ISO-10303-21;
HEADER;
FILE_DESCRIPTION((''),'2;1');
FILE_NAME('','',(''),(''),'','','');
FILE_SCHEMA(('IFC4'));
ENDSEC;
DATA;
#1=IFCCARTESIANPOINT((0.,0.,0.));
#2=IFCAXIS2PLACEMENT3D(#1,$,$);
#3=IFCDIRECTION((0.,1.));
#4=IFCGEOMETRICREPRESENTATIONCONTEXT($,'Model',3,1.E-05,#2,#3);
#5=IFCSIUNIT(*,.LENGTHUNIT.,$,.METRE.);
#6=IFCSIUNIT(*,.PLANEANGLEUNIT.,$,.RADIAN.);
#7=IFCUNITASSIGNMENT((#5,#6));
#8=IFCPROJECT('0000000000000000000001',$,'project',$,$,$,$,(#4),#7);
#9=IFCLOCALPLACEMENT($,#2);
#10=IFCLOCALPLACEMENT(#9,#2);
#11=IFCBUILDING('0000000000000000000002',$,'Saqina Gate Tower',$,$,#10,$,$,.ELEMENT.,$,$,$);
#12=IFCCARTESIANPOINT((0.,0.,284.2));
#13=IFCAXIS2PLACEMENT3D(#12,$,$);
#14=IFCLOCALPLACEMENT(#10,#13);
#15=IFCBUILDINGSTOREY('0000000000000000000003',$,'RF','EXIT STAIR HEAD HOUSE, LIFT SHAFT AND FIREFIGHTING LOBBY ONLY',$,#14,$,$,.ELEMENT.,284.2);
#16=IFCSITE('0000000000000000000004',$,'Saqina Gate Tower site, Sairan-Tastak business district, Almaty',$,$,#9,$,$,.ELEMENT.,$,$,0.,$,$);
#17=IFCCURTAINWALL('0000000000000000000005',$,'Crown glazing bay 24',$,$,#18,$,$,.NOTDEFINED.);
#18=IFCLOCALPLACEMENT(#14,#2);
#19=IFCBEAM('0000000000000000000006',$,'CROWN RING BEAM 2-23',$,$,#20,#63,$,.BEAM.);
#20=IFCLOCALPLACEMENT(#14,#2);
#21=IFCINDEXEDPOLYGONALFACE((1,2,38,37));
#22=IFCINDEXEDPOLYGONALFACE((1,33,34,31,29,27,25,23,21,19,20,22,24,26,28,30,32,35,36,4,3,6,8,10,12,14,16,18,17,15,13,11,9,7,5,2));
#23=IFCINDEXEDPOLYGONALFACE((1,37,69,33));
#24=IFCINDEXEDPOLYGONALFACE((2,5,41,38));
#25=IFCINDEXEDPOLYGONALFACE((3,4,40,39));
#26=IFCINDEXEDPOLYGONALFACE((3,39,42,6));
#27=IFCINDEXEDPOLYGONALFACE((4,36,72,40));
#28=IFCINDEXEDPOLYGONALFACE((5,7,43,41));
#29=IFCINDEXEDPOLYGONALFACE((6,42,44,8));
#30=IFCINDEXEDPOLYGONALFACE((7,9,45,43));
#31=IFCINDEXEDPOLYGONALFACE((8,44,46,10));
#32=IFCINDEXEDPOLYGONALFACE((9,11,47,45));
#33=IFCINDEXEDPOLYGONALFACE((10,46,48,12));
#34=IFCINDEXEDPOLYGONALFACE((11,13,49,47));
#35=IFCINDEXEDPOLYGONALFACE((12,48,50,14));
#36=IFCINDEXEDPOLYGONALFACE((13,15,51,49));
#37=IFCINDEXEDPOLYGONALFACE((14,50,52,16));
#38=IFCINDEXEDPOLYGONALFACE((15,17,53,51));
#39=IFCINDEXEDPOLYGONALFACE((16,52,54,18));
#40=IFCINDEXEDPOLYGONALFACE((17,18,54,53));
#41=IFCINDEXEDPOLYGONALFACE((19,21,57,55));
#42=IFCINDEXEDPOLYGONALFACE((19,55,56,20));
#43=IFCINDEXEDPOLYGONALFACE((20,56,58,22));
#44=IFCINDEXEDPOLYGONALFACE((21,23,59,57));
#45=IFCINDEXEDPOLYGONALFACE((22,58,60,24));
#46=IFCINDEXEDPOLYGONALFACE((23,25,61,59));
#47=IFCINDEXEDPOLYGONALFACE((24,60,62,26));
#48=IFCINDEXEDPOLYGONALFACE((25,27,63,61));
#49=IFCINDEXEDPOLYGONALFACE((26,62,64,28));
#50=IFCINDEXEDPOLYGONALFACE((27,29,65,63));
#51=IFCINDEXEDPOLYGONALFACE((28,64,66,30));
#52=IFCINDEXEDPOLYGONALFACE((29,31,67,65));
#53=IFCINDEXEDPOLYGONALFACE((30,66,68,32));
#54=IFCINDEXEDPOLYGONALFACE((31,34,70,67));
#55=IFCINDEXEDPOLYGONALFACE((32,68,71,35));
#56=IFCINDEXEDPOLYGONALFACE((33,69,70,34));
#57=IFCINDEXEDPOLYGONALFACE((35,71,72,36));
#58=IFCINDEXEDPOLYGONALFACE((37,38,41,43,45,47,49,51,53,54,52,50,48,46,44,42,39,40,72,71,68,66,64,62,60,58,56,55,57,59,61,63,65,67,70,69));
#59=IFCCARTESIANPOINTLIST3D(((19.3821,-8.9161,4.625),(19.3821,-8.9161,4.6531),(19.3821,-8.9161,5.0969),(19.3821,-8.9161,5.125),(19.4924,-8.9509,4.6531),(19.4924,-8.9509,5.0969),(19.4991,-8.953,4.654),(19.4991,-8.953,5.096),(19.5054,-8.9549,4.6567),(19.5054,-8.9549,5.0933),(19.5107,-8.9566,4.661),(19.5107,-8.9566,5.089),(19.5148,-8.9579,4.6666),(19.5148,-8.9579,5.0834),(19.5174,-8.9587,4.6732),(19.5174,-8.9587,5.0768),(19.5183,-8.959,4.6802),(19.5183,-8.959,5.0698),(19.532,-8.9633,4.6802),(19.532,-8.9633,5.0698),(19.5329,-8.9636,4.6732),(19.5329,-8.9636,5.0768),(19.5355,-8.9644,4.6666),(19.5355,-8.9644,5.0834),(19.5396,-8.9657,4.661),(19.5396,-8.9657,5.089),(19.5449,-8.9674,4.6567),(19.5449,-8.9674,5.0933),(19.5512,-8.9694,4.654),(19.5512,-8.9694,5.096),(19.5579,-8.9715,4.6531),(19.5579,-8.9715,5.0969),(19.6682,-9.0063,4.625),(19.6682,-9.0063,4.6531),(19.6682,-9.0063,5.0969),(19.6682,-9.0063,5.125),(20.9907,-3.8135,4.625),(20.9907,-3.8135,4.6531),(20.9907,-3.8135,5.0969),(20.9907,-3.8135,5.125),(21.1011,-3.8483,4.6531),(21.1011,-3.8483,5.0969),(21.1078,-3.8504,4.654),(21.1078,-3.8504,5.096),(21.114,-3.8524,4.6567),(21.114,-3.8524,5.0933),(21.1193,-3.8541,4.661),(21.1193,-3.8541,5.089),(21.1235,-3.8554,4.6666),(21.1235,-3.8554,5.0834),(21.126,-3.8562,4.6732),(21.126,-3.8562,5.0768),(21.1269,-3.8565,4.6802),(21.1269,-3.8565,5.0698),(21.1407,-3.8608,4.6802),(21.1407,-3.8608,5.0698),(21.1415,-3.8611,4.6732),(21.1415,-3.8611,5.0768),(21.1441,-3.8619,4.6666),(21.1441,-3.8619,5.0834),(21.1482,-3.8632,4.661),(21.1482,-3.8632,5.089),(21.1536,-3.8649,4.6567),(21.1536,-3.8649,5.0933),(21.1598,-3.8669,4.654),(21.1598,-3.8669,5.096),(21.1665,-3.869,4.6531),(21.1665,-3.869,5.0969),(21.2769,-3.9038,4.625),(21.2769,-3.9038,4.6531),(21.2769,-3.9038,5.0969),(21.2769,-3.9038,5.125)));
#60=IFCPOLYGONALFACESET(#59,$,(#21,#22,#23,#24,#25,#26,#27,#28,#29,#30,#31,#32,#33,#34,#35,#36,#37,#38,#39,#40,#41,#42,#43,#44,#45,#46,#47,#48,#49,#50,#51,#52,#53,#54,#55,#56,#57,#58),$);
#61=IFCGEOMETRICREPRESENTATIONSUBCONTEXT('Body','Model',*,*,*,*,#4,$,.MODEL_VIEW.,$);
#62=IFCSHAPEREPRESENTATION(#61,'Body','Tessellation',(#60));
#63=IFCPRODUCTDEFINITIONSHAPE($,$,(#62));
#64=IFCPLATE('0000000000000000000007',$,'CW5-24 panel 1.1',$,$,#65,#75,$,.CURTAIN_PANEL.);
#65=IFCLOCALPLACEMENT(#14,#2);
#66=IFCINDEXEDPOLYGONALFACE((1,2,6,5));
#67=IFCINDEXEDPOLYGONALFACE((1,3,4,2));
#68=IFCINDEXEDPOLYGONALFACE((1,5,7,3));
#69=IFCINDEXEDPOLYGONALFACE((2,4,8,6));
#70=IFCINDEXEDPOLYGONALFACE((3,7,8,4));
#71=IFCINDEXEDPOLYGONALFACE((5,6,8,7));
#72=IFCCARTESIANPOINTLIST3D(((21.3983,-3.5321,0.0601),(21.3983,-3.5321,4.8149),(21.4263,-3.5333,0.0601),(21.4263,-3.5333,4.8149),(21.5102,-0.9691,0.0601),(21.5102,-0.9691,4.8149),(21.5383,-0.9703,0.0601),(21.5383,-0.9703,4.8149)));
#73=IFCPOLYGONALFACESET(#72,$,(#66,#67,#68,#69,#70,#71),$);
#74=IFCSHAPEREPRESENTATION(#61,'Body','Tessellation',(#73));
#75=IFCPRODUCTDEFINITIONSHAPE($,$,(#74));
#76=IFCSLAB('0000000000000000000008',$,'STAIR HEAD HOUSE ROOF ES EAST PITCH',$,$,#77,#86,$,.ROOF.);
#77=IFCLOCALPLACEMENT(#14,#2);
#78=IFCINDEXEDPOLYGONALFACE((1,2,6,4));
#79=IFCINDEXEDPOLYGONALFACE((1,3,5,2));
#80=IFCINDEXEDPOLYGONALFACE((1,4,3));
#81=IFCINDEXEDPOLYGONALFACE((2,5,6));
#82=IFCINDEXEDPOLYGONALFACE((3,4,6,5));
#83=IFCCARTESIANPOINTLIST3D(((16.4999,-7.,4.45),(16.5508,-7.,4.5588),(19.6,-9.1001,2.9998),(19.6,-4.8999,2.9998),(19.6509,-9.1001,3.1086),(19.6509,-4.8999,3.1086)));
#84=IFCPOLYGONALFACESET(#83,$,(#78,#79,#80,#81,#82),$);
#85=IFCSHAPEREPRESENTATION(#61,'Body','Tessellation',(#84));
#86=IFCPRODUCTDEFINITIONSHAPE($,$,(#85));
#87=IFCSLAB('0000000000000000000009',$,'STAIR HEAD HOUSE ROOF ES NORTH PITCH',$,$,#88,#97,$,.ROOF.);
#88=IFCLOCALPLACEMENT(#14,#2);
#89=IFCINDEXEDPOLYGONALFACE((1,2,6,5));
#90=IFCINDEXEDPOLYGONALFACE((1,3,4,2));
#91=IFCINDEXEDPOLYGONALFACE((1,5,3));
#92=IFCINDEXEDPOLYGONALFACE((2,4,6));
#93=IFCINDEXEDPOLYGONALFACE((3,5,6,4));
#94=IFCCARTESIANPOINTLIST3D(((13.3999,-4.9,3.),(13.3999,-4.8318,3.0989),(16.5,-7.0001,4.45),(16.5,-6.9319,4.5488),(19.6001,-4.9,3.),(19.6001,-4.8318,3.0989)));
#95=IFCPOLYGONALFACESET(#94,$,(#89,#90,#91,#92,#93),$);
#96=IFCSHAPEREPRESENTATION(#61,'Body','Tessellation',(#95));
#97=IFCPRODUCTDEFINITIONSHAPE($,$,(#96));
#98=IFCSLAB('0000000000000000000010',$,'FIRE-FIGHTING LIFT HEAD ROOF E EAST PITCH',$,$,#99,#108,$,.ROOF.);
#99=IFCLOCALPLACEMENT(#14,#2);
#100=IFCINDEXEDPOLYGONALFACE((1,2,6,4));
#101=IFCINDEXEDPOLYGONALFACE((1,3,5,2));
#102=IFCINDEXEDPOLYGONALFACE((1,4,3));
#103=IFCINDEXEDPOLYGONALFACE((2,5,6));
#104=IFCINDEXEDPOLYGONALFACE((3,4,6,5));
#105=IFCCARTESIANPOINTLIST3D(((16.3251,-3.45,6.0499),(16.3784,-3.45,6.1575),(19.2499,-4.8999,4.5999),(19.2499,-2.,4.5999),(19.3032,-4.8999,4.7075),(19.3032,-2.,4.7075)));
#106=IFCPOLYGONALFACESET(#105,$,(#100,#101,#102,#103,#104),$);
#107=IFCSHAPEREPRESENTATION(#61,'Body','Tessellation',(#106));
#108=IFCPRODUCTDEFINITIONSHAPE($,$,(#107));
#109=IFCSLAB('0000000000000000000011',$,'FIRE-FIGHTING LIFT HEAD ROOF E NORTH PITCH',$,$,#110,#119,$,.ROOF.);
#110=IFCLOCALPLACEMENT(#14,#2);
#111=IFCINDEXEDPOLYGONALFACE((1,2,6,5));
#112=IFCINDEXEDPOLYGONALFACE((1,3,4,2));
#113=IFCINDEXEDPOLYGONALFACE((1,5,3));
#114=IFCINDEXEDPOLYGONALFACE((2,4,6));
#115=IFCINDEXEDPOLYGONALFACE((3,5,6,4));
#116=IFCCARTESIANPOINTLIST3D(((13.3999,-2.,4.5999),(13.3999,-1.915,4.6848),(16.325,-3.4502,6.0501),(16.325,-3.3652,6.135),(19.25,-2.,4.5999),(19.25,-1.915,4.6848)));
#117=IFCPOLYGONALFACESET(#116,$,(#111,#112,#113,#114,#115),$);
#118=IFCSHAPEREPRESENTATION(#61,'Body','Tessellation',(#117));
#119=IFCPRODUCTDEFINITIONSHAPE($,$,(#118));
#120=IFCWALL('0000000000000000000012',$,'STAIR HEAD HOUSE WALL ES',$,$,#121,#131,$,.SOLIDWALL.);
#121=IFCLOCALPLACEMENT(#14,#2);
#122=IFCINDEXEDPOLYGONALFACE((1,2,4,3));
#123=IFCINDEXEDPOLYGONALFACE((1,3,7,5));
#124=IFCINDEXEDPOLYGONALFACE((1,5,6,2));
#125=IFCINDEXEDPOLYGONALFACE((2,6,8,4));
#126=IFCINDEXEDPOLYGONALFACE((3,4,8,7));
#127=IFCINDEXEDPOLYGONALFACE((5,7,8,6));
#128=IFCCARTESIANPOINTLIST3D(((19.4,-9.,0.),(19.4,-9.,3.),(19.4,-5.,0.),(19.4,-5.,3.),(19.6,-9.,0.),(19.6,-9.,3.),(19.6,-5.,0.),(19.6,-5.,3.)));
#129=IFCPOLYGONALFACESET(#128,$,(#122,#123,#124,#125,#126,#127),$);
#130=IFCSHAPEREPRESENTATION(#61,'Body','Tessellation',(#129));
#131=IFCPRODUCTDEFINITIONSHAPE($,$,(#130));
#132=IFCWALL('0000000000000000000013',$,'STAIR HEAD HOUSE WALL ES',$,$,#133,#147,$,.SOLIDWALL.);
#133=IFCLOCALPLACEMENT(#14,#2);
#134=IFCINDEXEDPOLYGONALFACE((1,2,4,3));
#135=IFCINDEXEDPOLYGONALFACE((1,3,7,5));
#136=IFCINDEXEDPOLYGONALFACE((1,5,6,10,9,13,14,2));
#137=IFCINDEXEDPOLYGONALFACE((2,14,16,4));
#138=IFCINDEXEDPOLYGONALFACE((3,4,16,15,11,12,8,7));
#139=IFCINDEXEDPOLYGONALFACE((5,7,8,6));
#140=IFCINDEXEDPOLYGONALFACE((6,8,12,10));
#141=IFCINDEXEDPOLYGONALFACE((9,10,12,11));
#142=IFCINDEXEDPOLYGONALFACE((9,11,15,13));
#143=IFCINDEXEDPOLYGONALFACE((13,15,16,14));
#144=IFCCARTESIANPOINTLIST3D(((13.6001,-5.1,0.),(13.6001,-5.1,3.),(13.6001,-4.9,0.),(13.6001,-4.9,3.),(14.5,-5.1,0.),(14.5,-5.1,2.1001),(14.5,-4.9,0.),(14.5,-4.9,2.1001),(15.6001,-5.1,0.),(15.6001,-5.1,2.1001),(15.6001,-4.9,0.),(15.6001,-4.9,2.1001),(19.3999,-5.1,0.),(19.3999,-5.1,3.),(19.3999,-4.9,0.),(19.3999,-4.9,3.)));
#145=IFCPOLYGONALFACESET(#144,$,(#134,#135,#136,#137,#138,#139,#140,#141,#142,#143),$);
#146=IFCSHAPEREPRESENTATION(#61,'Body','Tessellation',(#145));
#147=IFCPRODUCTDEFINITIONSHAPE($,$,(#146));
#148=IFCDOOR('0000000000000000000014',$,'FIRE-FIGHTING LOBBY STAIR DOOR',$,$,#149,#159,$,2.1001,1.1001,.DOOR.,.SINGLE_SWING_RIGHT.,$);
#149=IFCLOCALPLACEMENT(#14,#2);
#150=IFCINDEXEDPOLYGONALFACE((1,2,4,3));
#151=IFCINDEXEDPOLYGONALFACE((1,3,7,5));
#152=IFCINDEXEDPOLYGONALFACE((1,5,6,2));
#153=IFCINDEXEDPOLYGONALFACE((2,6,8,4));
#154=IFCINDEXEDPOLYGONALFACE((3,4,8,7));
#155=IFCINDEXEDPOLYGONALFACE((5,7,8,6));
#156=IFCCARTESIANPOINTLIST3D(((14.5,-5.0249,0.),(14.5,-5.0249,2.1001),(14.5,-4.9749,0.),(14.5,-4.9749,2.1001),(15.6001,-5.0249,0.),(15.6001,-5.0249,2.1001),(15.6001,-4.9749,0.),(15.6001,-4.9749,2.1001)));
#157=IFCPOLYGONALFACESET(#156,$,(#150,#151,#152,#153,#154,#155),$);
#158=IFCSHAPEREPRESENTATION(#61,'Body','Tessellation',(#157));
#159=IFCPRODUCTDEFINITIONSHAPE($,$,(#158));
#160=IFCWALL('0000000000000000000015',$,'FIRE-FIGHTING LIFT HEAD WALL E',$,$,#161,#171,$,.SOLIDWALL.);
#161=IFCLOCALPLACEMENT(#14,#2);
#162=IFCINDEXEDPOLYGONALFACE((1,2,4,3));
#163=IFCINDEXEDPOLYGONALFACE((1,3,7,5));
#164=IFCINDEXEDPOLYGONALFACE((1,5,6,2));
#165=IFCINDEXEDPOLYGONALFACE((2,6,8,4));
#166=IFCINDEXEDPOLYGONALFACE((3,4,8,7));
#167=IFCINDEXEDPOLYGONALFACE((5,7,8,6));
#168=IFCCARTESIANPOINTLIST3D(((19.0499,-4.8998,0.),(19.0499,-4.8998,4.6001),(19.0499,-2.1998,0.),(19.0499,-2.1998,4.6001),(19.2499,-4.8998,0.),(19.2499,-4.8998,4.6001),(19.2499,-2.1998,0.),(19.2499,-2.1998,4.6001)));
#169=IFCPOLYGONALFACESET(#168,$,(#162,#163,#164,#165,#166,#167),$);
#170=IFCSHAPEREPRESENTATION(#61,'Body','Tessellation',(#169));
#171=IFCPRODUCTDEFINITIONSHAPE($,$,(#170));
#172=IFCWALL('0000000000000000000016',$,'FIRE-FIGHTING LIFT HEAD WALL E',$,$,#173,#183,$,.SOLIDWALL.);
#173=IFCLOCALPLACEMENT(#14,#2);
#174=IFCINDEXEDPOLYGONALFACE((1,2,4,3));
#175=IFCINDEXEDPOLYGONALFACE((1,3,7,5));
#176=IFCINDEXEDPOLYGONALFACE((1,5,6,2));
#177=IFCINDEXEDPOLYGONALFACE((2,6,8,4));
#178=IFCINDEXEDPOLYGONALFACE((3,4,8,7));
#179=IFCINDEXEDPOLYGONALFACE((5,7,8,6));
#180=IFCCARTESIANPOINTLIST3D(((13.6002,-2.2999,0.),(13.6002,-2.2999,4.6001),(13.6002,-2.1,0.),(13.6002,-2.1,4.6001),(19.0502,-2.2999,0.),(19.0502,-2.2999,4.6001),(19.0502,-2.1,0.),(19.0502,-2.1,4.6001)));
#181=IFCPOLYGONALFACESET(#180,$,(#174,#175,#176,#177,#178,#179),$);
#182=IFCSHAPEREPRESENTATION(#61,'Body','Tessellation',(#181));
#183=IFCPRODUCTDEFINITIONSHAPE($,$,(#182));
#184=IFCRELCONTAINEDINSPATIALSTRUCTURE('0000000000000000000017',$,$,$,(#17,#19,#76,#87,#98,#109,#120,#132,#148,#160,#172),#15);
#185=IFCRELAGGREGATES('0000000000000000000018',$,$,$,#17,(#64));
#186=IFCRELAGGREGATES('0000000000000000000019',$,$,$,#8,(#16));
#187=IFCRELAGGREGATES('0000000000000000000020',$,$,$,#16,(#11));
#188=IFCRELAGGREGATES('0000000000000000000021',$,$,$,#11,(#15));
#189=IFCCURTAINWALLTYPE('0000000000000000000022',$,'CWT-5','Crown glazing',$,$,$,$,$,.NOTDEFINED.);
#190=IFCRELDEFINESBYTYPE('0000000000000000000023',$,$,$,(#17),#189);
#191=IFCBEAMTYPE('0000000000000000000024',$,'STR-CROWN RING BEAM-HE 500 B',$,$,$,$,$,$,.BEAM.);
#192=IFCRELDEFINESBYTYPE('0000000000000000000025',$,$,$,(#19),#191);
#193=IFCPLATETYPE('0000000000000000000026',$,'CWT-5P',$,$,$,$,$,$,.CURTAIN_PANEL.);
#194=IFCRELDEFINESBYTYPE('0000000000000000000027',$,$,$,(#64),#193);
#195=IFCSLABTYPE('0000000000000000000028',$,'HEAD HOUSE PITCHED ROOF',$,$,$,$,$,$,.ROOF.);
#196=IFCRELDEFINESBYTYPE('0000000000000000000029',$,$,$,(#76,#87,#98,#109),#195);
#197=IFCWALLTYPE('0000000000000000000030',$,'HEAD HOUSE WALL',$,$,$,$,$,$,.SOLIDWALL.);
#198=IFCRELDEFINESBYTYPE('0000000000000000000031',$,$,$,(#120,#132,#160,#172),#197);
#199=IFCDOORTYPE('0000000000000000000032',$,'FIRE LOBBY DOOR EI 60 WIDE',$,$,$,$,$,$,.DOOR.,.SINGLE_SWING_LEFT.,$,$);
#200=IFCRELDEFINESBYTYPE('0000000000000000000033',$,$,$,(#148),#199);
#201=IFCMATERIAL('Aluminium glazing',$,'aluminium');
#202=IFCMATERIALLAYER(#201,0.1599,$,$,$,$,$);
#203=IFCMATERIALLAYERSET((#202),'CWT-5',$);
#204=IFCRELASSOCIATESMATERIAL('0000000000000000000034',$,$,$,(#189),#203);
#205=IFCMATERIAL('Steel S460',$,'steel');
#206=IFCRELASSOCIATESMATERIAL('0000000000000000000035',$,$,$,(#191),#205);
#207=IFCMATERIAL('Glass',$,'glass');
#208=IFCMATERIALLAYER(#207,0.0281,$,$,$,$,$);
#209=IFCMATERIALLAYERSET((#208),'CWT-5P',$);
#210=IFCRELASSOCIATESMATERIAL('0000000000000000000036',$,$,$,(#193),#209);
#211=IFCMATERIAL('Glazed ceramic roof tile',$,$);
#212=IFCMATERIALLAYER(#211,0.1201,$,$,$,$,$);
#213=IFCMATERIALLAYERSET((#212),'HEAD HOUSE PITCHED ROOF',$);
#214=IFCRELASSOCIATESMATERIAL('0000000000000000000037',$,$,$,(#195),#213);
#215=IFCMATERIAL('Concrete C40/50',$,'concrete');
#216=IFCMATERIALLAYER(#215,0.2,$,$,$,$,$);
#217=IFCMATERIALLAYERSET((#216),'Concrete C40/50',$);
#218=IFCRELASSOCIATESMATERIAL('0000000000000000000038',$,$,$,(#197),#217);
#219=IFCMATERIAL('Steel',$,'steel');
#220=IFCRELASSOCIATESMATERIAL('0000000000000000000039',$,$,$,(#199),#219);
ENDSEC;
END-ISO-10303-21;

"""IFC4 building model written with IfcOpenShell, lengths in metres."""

from ifc_helpers import new_model, si_unit, direction, frame, frame_2d, origin, origin_2d, place, context, subcontext, project, spatial, polyline, rectangle, i_section, outline, extrude, material, layer, layer_set, material_profile, profile_set, type_object, element, fill, aggregate, save


model = new_model("IFC4")

# Units and contexts
model_context = context("Model", 3, precision=1e-05, world=origin(), true_north=direction((0.0, 1.0)))
body_context = subcontext(model_context, "Body", "Model", "MODEL_VIEW")
ifc_project = project(units=[si_unit("LENGTHUNIT", "METRE"), si_unit("PLANEANGLEUNIT", "RADIAN")], contexts=[model_context])

# Site, building, storey
site_placement = place(None, origin())
site = spatial("IfcSite", under=ifc_project, at=site_placement, Name="Saqina Gate Tower site, Sairan-Tastak business district, Almaty", CompositionType="ELEMENT", RefElevation=0.0)
building_placement = place(site_placement, origin())
building = spatial("IfcBuilding", under=site, at=building_placement, Name="Saqina Gate Tower", CompositionType="ELEMENT")
storey_placement = place(building_placement, frame((0.0, 0.0, 284.2)))
storey = spatial("IfcBuildingStorey", under=building, at=storey_placement, Name="RF", Description="EXIT STAIR HEAD HOUSE, LIFT SHAFT AND FIREFIGHTING LOBBY ONLY", CompositionType="ELEMENT", Elevation=284.2)

# Shared definitions
ifc_material_1 = material(Name="Aluminium glazing", Category="aluminium")
ifc_layer_1 = layer(ifc_material_1, 0.1599)
ifc_layer_set_1 = layer_set([ifc_layer_1], Name="CWT-5")
curtain_wall_type = type_object("IfcCurtainWallType", Name="CWT-5", Description="Crown glazing", PredefinedType="NOTDEFINED", material=ifc_layer_set_1)

# Curtain wall
curtain_wall_1_placement = place(storey_placement, origin())
curtain_wall_1 = element("IfcCurtainWall", 1, at=curtain_wall_1_placement, inside=storey, type_object=curtain_wall_type, Name="Crown glazing bay 24", PredefinedType="NOTDEFINED")

# Beam
ifc_material_2 = material(Name="Steel S460", Category="steel")
ifc_material_profile_1 = material_profile(ifc_material_2, i_section(OverallWidth=0.3, OverallDepth=0.5, WebThickness=0.0144, FlangeThickness=0.0281, FilletRadius=0.0271, at=origin_2d()), Name="HE 500 B")
ifc_profile_set_1 = profile_set([ifc_material_profile_1], Name="Steel S460")
beam_type = type_object("IfcBeamType", Name="STR-CROWN RING BEAM-HE 500 B", PredefinedType="BEAM", material=ifc_profile_set_1)
for number, where, z_axis, x_axis, name in (
    (2, (19.5251, -8.9612, 4.875), (0.300675, 0.953727, 0.0), (-0.953727, 0.300675, 0.0), "CROWN RING BEAM 2-23"),
):
    element("IfcBeam", number, at=place(storey_placement, frame(where, z_axis=z_axis, x_axis=x_axis)), inside=storey, type_object=beam_type, Name=name, PredefinedType="BEAM", context=body_context, shape_type="SweptSolid", body=[
        extrude(i_section(OverallWidth=0.3, OverallDepth=0.5, WebThickness=0.0144, FlangeThickness=0.0281, FilletRadius=0.0271, at=origin_2d()), origin(), (0.0, 0.0, 1.0), 5.3501),
    ])

# Plate
ifc_material_3 = material(Name="Glass", Category="glass")
ifc_layer_2 = layer(ifc_material_3, 0.0281)
ifc_layer_set_2 = layer_set([ifc_layer_2], Name="CWT-5P")
plate_type = type_object("IfcPlateType", Name="CWT-5P", PredefinedType="CURTAIN_PANEL", material=ifc_layer_set_2)
plate_placement = place(storey_placement, frame((21.4683, -2.2512, 0.0601), z_axis=(0.0, 0.0, 1.0), x_axis=(0.043629, 0.999048, 0.0)))
plate = element("IfcPlate", 3, at=plate_placement, type_object=plate_type, Name="CW5-24 panel 1.1", PredefinedType="CURTAIN_PANEL", context=body_context, shape_type="SweptSolid", body=[
    extrude(rectangle(XDim=2.5654, YDim=0.0281, at=origin_2d()), origin(), (0.0, 0.0, 1.0), 4.7549),
])
aggregate(curtain_wall_1, [plate])

# Slabs
ifc_material_4 = material(Name="Glazed ceramic roof tile")
ifc_layer_3 = layer(ifc_material_4, 0.1201)
ifc_layer_set_3 = layer_set([ifc_layer_3], Name="HEAD HOUSE PITCHED ROOF")
slab_type = type_object("IfcSlabType", Name="HEAD HOUSE PITCHED ROOF", PredefinedType="ROOF", material=ifc_layer_set_3)
slab_1_placement = place(storey_placement, frame((19.6509, -9.1001, 3.1086), z_axis=(0.423721, 0.0, 0.905793), x_axis=(0.0, 1.0, 0.0)))
element("IfcSlab", 4, at=slab_1_placement, inside=storey, type_object=slab_type, Name="STAIR HEAD HOUSE ROOF ES EAST PITCH", PredefinedType="ROOF", context=body_context, shape_type="SweptSolid", body=[
    extrude(outline(polyline([(0.0, 0.0), (4.2002, 0.0), (2.1001, 3.4225), (0.0, 0.0)])), origin(), (0.0, 0.0, -1.0), 0.1201),
])
slab_2_placement = place(storey_placement, frame((19.6001, -4.8318, 3.0989), z_axis=(0.0, 0.56816, 0.822918), x_axis=(-1.0, 0.0, 0.0)))
element("IfcSlab", 5, at=slab_2_placement, inside=storey, type_object=slab_type, Name="STAIR HEAD HOUSE ROOF ES NORTH PITCH", PredefinedType="ROOF", context=body_context, shape_type="SweptSolid", body=[
    extrude(outline(polyline([(0.0, 0.0), (6.2002, 0.0), (3.1001, 2.552), (0.0, 0.0)])), origin(), (0.0, 0.0, -1.0), 0.1201),
])
slab_3_placement = place(storey_placement, frame((19.3032, -4.8999, 4.7075), z_axis=(0.44416, 0.0, 0.895948), x_axis=(0.0, 1.0, 0.0)))
element("IfcSlab", 6, at=slab_3_placement, inside=storey, type_object=slab_type, Name="FIRE-FIGHTING LIFT HEAD ROOF E EAST PITCH", PredefinedType="ROOF", context=body_context, shape_type="SweptSolid", body=[
    extrude(outline(polyline([(0.0, 0.0), (2.8999, 0.0), (1.45, 3.2645), (0.0, 0.0)])), origin(), (0.0, 0.0, -1.0), 0.1201),
])
slab_4_placement = place(storey_placement, frame((19.25, -1.915, 4.6848), z_axis=(0.0, 0.707107, 0.707107), x_axis=(-1.0, 0.0, 0.0)))
element("IfcSlab", 7, at=slab_4_placement, inside=storey, type_object=slab_type, Name="FIRE-FIGHTING LIFT HEAD ROOF E NORTH PITCH", PredefinedType="ROOF", context=body_context, shape_type="SweptSolid", body=[
    extrude(outline(polyline([(0.0, 0.0), (5.8501, 0.0), (2.925, 2.0509), (0.0, 0.0)])), origin(), (0.0, 0.0, -1.0), 0.1201),
])

# Wall
ifc_material_5 = material(Name="Concrete C40/50", Category="concrete")
ifc_layer_4 = layer(ifc_material_5, 0.2)
ifc_layer_set_4 = layer_set([ifc_layer_4], Name="Concrete C40/50")
wall_type_1 = type_object("IfcWallType", Name="HEAD HOUSE WALL", PredefinedType="SOLIDWALL", material=ifc_layer_set_4)
wall_1_placement = place(storey_placement, frame((19.5, -9.0, 0.0), z_axis=(0.0, 0.0, 1.0), x_axis=(0.0, 1.0, 0.0)))
element("IfcWall", 8, at=wall_1_placement, inside=storey, type_object=wall_type_1, Name="STAIR HEAD HOUSE WALL ES", PredefinedType="SOLIDWALL", context=body_context, shape_type="SweptSolid", body=[
    extrude(rectangle(XDim=4.0, YDim=0.2, at=frame_2d((2.0, 0.0))), origin(), (0.0, 0.0, 1.0), 3.0),
])

# Wall, opening, door
wall_2_placement = place(storey_placement, frame((13.6001, -5.0, 0.0), z_axis=(0.0, 0.0, 1.0), x_axis=(1.0, 0.0, 0.0)))
wall_2 = element("IfcWall", 9, at=wall_2_placement, inside=storey, type_object=wall_type_1, Name="STAIR HEAD HOUSE WALL ES", PredefinedType="SOLIDWALL", context=body_context, shape_type="SweptSolid", body=[
    extrude(rectangle(XDim=5.7998, YDim=0.2, at=frame_2d((2.8999, 0.0))), origin(), (0.0, 0.0, 1.0), 3.0),
])
opening_1_placement = place(wall_2_placement, frame((0.8999, 0.0, 0.0)))
opening_1 = element("IfcOpeningElement", 10, at=opening_1_placement, cuts=wall_2, PredefinedType="OPENING", context=body_context, shape_type="SweptSolid", body=[
    extrude(rectangle(XDim=1.1001, YDim=2.1001, at=frame_2d((0.55, 1.05))), frame((0.0, 0.1121, 0.0), z_axis=(0.0, -1.0, 0.0), x_axis=(1.0, 0.0, 0.0)), (0.0, 0.0, 1.0), 0.2239),
])
ifc_material_6 = material(Name="Steel", Category="steel")
door_type_1 = type_object("IfcDoorType", Name="FIRE LOBBY DOOR EI 60 WIDE", OperationType="SINGLE_SWING_LEFT", PredefinedType="DOOR", material=ifc_material_6)
door_1_placement = place(opening_1_placement, frame((1.1001, 0.0, 0.0), z_axis=(0.0, 0.0, 1.0), x_axis=(-1.0, 0.0, 0.0)))
door_1 = element("IfcDoor", 11, at=door_1_placement, inside=storey, type_object=door_type_1, Name="FIRE-FIGHTING LOBBY STAIR DOOR", OperationType="SINGLE_SWING_RIGHT", OverallHeight=2.1001, OverallWidth=1.1001, PredefinedType="DOOR", context=body_context, shape_type="SweptSolid", body=[
    extrude(rectangle(XDim=1.1001, YDim=2.1001, at=frame_2d((0.55, 1.05))), frame((0.0, 0.0249, 0.0), z_axis=(0.0, -1.0, 0.0), x_axis=(1.0, 0.0, 0.0)), (0.0, 0.0, 1.0), 0.05),
])
fill(opening_1, door_1)

# Walls
wall_3_placement = place(storey_placement, frame((19.1499, -4.8999, 0.0), z_axis=(0.0, 0.0, 1.0), x_axis=(0.0, 1.0, 0.0)))
element("IfcWall", 12, at=wall_3_placement, inside=storey, type_object=wall_type_1, Name="FIRE-FIGHTING LIFT HEAD WALL E", PredefinedType="SOLIDWALL", context=body_context, shape_type="SweptSolid", body=[
    extrude(rectangle(XDim=2.7, YDim=0.2, at=frame_2d((1.3501, 0.0))), origin(), (0.0, 0.0, 1.0), 4.6001),
])
wall_4_placement = place(storey_placement, frame((13.6001, -2.2, 0.0), z_axis=(0.0, 0.0, 1.0), x_axis=(1.0, 0.0, 0.0)))
element("IfcWall", 13, at=wall_4_placement, inside=storey, type_object=wall_type_1, Name="FIRE-FIGHTING LIFT HEAD WALL E", PredefinedType="SOLIDWALL", context=body_context, shape_type="SweptSolid", body=[
    extrude(rectangle(XDim=5.45, YDim=0.2, at=frame_2d((2.7251, 0.0))), origin(), (0.0, 0.0, 1.0), 4.6001),
])

save(model, "model.ifc")
